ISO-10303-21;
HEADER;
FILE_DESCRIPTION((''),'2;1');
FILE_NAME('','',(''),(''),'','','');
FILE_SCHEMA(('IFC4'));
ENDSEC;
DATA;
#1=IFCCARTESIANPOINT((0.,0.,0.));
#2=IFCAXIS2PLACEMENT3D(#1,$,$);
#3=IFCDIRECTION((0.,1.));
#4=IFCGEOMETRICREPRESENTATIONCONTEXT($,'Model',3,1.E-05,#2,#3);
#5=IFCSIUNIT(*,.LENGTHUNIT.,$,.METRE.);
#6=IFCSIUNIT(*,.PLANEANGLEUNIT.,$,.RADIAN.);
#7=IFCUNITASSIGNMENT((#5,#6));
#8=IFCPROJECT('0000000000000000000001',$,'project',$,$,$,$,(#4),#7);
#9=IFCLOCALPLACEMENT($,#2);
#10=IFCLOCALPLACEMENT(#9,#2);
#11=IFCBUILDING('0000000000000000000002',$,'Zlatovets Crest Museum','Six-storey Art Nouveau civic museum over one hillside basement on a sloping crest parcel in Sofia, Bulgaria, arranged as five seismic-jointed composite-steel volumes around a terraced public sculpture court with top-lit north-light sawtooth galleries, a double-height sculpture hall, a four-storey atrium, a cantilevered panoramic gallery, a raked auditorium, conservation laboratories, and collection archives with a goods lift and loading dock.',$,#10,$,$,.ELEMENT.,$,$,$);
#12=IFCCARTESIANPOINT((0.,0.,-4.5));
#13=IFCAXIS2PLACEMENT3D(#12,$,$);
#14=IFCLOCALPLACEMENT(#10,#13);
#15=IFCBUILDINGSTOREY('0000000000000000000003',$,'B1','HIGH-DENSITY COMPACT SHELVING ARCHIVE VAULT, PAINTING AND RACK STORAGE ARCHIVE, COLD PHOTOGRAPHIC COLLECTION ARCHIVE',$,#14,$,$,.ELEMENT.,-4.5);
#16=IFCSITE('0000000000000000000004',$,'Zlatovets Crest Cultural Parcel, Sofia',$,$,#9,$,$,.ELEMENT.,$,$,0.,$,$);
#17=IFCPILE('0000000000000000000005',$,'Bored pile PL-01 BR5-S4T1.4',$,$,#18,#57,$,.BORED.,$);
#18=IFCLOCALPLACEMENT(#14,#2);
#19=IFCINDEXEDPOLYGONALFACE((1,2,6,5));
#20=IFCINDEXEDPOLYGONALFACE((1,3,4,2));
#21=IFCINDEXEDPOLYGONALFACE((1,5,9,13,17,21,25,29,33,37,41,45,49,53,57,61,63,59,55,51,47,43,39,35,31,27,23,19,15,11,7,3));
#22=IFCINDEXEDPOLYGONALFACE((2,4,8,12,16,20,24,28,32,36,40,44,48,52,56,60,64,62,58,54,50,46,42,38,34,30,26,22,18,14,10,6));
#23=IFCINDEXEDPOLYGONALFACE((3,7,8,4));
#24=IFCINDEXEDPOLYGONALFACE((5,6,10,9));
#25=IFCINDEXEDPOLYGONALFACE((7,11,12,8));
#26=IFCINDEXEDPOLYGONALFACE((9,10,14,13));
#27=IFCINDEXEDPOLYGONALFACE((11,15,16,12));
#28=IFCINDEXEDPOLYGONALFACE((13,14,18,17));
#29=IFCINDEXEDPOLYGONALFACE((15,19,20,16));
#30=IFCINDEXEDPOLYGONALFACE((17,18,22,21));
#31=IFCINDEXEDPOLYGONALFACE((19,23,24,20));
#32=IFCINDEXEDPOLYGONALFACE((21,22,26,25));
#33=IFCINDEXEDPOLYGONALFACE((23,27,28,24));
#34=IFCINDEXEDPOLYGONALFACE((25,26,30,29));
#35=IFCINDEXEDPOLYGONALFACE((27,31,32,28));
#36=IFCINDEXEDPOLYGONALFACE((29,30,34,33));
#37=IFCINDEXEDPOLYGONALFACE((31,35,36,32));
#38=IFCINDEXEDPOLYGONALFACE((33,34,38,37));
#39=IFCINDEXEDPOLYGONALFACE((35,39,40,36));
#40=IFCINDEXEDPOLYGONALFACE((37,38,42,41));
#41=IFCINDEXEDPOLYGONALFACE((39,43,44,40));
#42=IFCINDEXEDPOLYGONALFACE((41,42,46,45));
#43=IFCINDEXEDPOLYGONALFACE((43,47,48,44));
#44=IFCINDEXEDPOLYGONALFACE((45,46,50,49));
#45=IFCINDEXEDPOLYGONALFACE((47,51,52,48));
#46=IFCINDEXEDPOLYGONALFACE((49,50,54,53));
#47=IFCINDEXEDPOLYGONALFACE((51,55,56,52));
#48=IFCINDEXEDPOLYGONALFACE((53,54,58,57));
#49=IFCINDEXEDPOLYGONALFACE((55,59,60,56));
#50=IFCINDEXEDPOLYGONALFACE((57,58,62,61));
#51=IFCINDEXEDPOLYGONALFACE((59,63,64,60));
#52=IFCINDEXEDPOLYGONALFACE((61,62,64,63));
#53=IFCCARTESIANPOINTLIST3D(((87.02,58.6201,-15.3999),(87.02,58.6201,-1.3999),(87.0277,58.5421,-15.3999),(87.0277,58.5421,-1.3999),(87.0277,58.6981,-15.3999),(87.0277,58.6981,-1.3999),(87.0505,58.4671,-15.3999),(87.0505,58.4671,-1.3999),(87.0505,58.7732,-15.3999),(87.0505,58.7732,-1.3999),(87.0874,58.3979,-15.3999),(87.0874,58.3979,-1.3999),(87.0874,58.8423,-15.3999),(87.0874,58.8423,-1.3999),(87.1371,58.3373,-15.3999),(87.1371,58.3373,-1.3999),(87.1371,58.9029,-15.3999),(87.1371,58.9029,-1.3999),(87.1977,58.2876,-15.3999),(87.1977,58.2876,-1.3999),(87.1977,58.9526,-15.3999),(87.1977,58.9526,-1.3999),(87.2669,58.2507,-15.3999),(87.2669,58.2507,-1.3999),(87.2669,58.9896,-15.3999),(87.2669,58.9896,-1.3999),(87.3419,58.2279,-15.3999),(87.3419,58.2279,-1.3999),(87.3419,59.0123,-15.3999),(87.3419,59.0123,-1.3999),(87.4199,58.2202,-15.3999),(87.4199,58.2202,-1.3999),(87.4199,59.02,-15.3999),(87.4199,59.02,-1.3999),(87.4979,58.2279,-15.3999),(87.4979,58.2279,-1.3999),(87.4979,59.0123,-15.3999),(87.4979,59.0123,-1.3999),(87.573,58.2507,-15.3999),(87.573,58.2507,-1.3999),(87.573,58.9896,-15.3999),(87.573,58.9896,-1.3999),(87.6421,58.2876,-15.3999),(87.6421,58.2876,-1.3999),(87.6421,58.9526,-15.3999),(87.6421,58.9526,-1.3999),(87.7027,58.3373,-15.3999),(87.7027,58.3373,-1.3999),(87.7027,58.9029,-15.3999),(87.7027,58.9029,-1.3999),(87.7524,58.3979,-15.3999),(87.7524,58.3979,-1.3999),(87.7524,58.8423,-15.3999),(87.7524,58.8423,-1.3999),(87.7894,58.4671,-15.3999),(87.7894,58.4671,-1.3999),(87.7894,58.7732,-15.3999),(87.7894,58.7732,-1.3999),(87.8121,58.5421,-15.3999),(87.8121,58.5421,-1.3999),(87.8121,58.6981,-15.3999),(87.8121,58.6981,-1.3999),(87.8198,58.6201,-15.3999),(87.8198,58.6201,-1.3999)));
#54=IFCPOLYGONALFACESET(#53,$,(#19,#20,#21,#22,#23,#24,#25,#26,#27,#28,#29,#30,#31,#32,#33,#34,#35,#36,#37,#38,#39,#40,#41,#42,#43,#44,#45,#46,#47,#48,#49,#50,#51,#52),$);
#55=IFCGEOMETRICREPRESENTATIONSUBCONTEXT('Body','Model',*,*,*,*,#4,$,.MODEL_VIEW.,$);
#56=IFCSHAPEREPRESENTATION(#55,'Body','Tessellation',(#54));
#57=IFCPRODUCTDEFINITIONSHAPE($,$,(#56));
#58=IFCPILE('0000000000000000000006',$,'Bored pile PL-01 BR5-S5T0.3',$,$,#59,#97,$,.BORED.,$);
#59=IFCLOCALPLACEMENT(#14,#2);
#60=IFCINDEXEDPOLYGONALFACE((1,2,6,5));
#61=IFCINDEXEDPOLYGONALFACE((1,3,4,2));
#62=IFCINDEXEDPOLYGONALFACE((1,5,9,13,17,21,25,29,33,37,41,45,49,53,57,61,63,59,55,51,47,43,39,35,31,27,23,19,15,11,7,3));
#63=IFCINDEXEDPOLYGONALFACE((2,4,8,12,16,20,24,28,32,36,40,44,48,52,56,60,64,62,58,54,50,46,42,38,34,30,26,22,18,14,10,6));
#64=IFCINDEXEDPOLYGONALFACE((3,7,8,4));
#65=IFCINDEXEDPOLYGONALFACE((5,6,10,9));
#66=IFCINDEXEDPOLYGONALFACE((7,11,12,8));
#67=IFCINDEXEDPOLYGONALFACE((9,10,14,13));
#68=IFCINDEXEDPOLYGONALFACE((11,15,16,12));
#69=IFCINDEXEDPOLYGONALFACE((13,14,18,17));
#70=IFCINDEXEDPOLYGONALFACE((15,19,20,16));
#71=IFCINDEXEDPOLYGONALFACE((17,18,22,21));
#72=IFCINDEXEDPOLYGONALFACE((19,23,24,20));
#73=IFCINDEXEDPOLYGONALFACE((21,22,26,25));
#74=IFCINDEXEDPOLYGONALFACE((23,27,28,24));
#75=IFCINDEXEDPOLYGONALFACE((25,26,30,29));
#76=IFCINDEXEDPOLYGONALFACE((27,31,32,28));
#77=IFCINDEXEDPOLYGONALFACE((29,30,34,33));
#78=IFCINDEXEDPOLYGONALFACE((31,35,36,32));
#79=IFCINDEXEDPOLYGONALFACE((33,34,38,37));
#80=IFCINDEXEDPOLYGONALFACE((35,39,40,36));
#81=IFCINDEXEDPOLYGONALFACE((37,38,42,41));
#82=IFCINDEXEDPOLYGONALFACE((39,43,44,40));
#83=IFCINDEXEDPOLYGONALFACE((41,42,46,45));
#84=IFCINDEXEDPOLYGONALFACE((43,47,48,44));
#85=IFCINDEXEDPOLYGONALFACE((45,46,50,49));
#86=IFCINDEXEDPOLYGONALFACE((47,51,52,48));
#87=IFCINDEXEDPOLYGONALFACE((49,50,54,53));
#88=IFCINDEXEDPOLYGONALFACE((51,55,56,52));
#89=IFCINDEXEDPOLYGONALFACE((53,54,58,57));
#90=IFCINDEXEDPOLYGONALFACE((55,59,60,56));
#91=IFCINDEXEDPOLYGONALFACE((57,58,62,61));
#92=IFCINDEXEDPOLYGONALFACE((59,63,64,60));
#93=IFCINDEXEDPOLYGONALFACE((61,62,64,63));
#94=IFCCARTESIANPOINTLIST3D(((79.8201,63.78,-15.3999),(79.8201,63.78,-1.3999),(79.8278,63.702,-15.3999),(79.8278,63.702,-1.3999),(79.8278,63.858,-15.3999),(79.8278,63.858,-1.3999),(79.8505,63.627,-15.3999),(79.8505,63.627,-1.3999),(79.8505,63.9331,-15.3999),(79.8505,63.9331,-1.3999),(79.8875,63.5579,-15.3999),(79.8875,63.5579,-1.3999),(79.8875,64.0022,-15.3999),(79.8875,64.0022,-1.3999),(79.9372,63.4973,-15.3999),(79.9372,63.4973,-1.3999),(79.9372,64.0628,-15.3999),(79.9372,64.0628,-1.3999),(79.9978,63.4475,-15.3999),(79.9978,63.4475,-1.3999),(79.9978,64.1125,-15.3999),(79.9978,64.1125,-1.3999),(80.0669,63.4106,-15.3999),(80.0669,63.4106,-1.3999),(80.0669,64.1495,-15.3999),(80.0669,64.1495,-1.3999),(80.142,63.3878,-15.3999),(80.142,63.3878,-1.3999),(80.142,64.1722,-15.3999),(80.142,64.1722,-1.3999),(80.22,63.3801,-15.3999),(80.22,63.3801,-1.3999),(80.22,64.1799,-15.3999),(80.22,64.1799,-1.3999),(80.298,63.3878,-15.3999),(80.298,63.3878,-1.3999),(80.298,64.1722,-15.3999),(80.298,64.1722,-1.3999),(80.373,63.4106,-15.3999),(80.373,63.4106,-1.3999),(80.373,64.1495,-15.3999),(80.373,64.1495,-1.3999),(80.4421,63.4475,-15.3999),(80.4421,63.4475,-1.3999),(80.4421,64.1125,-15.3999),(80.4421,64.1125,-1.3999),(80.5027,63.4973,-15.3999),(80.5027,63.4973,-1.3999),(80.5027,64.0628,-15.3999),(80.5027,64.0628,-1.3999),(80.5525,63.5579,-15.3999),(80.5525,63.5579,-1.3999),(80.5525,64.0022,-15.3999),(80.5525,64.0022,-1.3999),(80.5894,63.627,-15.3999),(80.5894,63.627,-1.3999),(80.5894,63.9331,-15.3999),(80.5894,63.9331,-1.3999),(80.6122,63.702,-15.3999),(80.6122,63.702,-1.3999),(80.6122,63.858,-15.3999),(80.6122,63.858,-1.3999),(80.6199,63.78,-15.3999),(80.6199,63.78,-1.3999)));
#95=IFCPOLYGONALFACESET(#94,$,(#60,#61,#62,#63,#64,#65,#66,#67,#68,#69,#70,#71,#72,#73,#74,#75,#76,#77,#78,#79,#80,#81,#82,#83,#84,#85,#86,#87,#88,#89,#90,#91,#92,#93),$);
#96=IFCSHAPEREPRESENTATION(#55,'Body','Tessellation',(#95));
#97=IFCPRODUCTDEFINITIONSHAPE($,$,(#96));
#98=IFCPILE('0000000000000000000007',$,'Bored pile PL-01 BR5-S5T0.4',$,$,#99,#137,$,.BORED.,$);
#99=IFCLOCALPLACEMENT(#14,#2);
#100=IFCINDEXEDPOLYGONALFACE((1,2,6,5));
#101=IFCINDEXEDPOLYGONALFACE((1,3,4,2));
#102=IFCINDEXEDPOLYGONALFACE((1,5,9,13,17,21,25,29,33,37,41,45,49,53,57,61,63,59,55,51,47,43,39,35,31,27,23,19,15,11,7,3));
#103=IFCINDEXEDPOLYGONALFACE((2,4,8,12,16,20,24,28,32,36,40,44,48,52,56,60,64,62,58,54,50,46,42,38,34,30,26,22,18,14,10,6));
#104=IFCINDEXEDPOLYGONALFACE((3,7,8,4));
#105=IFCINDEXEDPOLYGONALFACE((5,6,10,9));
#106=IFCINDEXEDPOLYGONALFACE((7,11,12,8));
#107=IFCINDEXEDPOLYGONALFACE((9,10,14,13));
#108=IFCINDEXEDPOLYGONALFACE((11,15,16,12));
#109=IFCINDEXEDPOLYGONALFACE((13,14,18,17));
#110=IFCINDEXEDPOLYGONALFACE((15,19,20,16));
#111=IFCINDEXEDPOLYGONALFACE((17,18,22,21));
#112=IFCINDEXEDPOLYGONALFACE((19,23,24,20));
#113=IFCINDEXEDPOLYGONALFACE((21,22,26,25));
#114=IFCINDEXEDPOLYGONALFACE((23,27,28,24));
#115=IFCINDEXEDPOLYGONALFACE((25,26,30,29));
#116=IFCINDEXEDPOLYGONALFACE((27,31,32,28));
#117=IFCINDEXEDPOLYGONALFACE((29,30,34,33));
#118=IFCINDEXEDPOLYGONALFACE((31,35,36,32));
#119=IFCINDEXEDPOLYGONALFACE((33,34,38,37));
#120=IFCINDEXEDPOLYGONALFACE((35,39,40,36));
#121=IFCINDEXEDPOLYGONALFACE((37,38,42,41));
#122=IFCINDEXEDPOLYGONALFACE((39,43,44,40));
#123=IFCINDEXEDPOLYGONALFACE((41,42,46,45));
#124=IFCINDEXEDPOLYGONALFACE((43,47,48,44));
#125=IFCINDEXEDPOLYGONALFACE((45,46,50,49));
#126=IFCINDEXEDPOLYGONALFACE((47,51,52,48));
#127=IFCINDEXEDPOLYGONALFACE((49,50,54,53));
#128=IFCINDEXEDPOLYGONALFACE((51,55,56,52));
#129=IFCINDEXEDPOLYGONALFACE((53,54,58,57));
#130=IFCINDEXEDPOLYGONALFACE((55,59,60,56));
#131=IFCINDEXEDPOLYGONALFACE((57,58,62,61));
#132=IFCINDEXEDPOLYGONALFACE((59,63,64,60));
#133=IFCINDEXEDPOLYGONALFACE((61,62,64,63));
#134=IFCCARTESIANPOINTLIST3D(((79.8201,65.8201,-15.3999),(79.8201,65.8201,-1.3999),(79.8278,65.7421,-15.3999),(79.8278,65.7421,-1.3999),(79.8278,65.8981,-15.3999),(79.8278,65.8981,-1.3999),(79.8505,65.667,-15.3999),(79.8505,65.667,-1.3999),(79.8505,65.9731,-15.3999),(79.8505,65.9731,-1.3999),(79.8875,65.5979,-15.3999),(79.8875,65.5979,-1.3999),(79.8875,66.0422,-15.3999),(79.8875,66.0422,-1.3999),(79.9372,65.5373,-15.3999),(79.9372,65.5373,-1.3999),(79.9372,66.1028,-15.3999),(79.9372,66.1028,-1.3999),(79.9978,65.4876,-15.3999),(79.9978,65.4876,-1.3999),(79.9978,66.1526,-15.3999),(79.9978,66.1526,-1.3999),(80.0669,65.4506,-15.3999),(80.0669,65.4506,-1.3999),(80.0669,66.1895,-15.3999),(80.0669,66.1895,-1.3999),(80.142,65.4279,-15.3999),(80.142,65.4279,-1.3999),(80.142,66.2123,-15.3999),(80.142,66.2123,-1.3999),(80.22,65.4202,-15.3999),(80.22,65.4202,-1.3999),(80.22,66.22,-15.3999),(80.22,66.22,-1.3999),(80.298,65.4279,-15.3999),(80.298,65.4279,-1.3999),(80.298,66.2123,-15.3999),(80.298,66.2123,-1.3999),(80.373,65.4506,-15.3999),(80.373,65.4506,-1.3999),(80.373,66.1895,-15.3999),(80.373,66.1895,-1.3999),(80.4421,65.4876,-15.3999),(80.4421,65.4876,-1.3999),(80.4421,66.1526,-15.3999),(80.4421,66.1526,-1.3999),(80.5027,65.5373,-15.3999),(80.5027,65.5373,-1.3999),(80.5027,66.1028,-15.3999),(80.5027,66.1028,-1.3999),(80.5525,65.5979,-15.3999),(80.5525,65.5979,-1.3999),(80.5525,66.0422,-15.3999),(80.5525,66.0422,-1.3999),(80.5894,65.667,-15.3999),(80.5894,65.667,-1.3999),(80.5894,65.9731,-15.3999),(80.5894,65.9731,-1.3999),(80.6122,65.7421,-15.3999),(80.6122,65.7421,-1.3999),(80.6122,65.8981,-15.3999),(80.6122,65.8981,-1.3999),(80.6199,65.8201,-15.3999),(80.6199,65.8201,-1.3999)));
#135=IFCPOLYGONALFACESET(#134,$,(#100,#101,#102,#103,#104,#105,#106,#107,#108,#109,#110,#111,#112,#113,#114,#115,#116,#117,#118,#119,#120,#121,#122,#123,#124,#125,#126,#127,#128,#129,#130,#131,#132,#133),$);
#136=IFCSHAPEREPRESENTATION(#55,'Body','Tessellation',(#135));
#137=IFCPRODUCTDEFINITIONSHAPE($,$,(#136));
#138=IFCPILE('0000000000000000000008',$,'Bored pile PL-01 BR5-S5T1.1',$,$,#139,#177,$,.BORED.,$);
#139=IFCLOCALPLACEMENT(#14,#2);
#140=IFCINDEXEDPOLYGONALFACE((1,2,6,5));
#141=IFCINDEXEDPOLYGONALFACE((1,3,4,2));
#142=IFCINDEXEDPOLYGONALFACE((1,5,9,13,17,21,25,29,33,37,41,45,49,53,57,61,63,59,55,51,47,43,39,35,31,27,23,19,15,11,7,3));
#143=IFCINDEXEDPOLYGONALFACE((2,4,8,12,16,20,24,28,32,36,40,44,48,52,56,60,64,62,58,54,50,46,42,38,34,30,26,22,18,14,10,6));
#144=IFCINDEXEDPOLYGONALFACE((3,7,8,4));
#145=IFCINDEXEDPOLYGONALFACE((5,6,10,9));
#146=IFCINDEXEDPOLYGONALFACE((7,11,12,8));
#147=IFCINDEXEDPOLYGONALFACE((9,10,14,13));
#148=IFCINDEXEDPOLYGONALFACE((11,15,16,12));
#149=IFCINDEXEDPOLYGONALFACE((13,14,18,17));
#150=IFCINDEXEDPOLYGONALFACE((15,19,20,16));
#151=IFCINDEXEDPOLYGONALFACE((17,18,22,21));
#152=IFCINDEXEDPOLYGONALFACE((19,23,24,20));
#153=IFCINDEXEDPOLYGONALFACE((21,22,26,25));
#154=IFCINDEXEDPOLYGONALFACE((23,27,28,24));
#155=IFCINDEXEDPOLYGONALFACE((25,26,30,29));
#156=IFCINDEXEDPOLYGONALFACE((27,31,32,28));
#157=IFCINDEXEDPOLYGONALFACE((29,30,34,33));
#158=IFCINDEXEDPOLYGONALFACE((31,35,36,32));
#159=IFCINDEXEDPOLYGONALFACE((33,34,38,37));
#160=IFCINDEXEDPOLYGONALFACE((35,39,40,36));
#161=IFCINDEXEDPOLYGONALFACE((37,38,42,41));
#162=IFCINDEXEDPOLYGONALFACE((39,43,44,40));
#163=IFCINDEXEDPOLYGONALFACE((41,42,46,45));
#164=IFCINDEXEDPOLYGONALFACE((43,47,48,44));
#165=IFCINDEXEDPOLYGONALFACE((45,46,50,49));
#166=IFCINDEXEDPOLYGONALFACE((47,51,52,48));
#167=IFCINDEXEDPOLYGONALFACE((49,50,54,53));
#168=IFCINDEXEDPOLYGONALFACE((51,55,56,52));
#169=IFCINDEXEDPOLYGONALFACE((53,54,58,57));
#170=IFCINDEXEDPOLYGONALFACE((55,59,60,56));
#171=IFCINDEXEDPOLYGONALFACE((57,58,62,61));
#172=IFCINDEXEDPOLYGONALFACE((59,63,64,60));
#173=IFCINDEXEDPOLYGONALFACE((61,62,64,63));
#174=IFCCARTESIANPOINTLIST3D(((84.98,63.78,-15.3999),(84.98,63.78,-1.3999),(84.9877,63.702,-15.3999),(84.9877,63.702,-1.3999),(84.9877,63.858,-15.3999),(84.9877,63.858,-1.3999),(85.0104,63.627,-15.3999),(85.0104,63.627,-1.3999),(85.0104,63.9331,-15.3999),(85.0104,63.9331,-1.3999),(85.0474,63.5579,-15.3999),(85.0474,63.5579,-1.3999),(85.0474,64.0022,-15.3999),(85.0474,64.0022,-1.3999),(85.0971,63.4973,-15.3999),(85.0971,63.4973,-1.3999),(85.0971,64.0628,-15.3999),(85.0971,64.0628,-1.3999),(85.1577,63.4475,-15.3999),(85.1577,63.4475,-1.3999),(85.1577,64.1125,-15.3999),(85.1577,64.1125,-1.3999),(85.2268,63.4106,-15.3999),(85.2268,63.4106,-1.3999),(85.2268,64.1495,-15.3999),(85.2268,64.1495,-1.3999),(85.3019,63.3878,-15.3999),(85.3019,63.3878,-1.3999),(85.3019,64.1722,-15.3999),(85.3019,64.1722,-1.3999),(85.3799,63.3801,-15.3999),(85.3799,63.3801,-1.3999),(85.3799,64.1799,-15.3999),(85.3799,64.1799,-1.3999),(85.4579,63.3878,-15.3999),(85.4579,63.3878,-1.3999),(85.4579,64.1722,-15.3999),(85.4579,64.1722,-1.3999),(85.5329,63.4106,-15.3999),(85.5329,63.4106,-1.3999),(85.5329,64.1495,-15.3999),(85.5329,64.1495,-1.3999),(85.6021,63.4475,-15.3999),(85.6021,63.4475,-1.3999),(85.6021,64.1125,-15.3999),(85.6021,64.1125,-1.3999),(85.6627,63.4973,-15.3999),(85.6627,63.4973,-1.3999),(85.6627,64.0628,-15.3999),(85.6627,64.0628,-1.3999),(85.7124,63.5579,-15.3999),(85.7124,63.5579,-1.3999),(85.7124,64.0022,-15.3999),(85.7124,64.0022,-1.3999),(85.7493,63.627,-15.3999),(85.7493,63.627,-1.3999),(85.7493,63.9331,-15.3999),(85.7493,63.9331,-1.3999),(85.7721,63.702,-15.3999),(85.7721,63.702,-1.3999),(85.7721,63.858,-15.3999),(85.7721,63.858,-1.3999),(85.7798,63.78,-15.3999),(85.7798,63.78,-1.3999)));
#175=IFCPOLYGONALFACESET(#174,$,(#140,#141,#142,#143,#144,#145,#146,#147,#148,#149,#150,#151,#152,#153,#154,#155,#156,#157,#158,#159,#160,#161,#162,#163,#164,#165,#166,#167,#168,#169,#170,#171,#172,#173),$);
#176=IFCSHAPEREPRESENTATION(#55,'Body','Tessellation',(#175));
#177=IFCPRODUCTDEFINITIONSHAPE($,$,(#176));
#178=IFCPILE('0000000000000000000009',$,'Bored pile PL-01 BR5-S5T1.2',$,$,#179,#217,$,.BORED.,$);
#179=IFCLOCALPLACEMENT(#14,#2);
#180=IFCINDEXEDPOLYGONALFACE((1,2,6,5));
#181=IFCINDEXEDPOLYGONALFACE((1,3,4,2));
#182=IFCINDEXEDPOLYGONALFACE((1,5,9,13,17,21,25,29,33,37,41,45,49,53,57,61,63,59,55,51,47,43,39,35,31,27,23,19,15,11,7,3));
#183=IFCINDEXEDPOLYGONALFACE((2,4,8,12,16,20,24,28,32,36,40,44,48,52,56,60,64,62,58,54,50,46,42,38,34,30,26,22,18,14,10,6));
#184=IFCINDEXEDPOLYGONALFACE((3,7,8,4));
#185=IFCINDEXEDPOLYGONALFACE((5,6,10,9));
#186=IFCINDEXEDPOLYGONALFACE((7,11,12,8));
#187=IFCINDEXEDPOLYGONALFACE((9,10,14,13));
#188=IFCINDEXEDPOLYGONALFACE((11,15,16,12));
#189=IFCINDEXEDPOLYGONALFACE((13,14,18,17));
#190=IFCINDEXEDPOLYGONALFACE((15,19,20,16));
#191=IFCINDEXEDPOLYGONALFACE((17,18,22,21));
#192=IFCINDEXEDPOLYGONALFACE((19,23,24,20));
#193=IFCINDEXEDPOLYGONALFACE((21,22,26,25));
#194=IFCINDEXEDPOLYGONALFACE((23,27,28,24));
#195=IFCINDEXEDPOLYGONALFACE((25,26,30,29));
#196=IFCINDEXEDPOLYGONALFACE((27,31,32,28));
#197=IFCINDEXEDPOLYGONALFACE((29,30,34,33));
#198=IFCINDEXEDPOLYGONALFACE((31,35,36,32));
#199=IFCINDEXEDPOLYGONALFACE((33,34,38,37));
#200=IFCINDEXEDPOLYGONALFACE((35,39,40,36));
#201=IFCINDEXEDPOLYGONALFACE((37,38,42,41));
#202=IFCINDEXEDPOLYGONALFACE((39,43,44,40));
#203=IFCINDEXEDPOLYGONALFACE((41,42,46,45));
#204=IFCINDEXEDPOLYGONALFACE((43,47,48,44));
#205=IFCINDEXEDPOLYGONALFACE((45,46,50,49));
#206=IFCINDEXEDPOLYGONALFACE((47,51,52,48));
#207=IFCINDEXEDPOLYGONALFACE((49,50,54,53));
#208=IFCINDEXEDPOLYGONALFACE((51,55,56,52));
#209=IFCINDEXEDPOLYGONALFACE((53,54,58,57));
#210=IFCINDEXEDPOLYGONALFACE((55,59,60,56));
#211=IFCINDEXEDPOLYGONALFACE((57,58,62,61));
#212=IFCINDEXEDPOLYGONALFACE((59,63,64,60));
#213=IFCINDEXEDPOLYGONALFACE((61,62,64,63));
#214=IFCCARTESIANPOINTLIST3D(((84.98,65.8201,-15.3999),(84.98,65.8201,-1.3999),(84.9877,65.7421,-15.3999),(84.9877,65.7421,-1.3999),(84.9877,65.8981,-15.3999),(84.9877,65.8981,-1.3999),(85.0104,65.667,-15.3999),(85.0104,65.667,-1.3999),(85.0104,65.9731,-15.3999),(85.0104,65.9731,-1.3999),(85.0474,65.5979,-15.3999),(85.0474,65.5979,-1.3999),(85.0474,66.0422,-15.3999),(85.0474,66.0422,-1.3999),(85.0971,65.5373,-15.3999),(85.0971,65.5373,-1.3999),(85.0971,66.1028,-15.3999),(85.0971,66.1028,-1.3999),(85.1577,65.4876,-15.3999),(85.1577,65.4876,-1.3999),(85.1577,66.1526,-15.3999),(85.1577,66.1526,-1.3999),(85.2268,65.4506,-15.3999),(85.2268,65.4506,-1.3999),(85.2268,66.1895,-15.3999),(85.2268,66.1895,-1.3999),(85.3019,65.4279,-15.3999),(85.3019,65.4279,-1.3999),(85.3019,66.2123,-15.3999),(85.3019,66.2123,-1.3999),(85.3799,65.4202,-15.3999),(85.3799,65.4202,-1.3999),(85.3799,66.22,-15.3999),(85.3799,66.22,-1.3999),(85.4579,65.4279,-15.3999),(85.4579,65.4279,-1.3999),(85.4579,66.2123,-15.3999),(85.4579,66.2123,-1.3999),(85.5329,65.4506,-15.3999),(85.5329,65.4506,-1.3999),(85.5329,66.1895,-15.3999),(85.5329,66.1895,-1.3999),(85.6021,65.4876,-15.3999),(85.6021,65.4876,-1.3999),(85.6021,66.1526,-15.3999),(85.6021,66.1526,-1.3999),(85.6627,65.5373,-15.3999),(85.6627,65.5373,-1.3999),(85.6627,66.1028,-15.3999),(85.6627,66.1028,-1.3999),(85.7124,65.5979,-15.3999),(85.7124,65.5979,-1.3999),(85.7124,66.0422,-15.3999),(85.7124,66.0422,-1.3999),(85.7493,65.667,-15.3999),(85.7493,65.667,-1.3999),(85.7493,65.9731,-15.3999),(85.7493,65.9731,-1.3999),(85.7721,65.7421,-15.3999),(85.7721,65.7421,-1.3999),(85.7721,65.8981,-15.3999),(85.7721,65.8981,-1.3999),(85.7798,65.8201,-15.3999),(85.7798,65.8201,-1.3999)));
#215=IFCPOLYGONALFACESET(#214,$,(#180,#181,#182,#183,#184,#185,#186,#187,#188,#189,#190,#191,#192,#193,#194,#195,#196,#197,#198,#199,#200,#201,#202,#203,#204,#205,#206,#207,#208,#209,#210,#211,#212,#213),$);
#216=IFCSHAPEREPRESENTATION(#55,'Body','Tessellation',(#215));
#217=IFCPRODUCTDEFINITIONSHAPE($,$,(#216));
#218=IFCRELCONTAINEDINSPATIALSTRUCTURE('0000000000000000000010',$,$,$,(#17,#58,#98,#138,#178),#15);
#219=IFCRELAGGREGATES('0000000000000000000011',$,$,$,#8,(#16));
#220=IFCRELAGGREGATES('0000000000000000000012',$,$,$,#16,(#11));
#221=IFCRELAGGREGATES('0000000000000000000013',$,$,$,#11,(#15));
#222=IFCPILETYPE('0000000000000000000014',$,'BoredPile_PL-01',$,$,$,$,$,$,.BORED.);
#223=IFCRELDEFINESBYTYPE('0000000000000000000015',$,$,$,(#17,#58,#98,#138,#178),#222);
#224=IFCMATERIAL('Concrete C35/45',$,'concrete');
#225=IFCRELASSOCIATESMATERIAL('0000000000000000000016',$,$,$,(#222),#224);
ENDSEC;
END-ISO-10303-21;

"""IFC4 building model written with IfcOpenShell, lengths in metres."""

from ifc_helpers import new_model, si_unit, direction, frame, origin, origin_2d, place, context, subcontext, project, spatial, circle, extrude, material, material_profile, profile_set, type_object, element, save


model = new_model("IFC4")

# Units and contexts
model_context = context("Model", 3, precision=1e-05, world=origin(), true_north=direction((0.0, 1.0)))
body_context = subcontext(model_context, "Body", "Model", "MODEL_VIEW")
ifc_project = project(units=[si_unit("LENGTHUNIT", "METRE"), si_unit("PLANEANGLEUNIT", "RADIAN")], contexts=[model_context])

# Site, building, storey
site_placement = place(None, origin())
site = spatial("IfcSite", under=ifc_project, at=site_placement, Name="Zlatovets Crest Cultural Parcel, Sofia", CompositionType="ELEMENT", RefElevation=0.0)
building_placement = place(site_placement, origin())
building = spatial("IfcBuilding", under=site, at=building_placement, Name="Zlatovets Crest Museum", Description="Six-storey Art Nouveau civic museum over one hillside basement on a sloping crest parcel in Sofia, Bulgaria, arranged as five seismic-jointed composite-steel volumes around a terraced public sculpture court with top-lit north-light sawtooth galleries, a double-height sculpture hall, a four-storey atrium, a cantilevered panoramic gallery, a raked auditorium, conservation laboratories, and collection archives with a goods lift and loading dock.", CompositionType="ELEMENT")
storey_placement = place(building_placement, frame((0.0, 0.0, -4.5)))
storey = spatial("IfcBuildingStorey", under=building, at=storey_placement, Name="B1", Description="HIGH-DENSITY COMPACT SHELVING ARCHIVE VAULT, PAINTING AND RACK STORAGE ARCHIVE, COLD PHOTOGRAPHIC COLLECTION ARCHIVE", CompositionType="ELEMENT", Elevation=-4.5)

# Piles
ifc_material_1 = material(Name="Concrete C35/45", Category="concrete")
ifc_material_profile_1 = material_profile(ifc_material_1, circle(Radius=0.3999, at=origin_2d()), Name="PILE D800")
ifc_profile_set_1 = profile_set([ifc_material_profile_1], Name="Concrete C35/45")
pile_type = type_object("IfcPileType", Name="BoredPile_PL-01", PredefinedType="BORED", material=ifc_profile_set_1)
for number, where, z_axis, x_axis, name in (
    (1, (87.4199, 58.6201, -1.3999), (0.0, 0.0, -1.0), (1.0, 0.0, 0.0), "Bored pile PL-01 BR5-S4T1.4"),
    (2, (80.22, 63.78, -1.3999), (0.0, 0.0, -1.0), (1.0, 0.0, 0.0), "Bored pile PL-01 BR5-S5T0.3"),
    (3, (80.22, 65.8201, -1.3999), (0.0, 0.0, -1.0), (1.0, 0.0, 0.0), "Bored pile PL-01 BR5-S5T0.4"),
    (4, (85.3799, 63.78, -1.3999), (0.0, 0.0, -1.0), (1.0, 0.0, 0.0), "Bored pile PL-01 BR5-S5T1.1"),
    (5, (85.3799, 65.8201, -1.3999), (0.0, 0.0, -1.0), (1.0, 0.0, 0.0), "Bored pile PL-01 BR5-S5T1.2"),
):
    element("IfcPile", number, at=place(storey_placement, frame(where, z_axis=z_axis, x_axis=x_axis)), inside=storey, type_object=pile_type, Name=name, PredefinedType="BORED", context=body_context, shape_type="SweptSolid", body=[
        extrude(circle(Radius=0.3999, at=origin_2d()), origin(), (0.0, 0.0, 1.0), 14.0),
    ])

save(model, "model.ifc")
